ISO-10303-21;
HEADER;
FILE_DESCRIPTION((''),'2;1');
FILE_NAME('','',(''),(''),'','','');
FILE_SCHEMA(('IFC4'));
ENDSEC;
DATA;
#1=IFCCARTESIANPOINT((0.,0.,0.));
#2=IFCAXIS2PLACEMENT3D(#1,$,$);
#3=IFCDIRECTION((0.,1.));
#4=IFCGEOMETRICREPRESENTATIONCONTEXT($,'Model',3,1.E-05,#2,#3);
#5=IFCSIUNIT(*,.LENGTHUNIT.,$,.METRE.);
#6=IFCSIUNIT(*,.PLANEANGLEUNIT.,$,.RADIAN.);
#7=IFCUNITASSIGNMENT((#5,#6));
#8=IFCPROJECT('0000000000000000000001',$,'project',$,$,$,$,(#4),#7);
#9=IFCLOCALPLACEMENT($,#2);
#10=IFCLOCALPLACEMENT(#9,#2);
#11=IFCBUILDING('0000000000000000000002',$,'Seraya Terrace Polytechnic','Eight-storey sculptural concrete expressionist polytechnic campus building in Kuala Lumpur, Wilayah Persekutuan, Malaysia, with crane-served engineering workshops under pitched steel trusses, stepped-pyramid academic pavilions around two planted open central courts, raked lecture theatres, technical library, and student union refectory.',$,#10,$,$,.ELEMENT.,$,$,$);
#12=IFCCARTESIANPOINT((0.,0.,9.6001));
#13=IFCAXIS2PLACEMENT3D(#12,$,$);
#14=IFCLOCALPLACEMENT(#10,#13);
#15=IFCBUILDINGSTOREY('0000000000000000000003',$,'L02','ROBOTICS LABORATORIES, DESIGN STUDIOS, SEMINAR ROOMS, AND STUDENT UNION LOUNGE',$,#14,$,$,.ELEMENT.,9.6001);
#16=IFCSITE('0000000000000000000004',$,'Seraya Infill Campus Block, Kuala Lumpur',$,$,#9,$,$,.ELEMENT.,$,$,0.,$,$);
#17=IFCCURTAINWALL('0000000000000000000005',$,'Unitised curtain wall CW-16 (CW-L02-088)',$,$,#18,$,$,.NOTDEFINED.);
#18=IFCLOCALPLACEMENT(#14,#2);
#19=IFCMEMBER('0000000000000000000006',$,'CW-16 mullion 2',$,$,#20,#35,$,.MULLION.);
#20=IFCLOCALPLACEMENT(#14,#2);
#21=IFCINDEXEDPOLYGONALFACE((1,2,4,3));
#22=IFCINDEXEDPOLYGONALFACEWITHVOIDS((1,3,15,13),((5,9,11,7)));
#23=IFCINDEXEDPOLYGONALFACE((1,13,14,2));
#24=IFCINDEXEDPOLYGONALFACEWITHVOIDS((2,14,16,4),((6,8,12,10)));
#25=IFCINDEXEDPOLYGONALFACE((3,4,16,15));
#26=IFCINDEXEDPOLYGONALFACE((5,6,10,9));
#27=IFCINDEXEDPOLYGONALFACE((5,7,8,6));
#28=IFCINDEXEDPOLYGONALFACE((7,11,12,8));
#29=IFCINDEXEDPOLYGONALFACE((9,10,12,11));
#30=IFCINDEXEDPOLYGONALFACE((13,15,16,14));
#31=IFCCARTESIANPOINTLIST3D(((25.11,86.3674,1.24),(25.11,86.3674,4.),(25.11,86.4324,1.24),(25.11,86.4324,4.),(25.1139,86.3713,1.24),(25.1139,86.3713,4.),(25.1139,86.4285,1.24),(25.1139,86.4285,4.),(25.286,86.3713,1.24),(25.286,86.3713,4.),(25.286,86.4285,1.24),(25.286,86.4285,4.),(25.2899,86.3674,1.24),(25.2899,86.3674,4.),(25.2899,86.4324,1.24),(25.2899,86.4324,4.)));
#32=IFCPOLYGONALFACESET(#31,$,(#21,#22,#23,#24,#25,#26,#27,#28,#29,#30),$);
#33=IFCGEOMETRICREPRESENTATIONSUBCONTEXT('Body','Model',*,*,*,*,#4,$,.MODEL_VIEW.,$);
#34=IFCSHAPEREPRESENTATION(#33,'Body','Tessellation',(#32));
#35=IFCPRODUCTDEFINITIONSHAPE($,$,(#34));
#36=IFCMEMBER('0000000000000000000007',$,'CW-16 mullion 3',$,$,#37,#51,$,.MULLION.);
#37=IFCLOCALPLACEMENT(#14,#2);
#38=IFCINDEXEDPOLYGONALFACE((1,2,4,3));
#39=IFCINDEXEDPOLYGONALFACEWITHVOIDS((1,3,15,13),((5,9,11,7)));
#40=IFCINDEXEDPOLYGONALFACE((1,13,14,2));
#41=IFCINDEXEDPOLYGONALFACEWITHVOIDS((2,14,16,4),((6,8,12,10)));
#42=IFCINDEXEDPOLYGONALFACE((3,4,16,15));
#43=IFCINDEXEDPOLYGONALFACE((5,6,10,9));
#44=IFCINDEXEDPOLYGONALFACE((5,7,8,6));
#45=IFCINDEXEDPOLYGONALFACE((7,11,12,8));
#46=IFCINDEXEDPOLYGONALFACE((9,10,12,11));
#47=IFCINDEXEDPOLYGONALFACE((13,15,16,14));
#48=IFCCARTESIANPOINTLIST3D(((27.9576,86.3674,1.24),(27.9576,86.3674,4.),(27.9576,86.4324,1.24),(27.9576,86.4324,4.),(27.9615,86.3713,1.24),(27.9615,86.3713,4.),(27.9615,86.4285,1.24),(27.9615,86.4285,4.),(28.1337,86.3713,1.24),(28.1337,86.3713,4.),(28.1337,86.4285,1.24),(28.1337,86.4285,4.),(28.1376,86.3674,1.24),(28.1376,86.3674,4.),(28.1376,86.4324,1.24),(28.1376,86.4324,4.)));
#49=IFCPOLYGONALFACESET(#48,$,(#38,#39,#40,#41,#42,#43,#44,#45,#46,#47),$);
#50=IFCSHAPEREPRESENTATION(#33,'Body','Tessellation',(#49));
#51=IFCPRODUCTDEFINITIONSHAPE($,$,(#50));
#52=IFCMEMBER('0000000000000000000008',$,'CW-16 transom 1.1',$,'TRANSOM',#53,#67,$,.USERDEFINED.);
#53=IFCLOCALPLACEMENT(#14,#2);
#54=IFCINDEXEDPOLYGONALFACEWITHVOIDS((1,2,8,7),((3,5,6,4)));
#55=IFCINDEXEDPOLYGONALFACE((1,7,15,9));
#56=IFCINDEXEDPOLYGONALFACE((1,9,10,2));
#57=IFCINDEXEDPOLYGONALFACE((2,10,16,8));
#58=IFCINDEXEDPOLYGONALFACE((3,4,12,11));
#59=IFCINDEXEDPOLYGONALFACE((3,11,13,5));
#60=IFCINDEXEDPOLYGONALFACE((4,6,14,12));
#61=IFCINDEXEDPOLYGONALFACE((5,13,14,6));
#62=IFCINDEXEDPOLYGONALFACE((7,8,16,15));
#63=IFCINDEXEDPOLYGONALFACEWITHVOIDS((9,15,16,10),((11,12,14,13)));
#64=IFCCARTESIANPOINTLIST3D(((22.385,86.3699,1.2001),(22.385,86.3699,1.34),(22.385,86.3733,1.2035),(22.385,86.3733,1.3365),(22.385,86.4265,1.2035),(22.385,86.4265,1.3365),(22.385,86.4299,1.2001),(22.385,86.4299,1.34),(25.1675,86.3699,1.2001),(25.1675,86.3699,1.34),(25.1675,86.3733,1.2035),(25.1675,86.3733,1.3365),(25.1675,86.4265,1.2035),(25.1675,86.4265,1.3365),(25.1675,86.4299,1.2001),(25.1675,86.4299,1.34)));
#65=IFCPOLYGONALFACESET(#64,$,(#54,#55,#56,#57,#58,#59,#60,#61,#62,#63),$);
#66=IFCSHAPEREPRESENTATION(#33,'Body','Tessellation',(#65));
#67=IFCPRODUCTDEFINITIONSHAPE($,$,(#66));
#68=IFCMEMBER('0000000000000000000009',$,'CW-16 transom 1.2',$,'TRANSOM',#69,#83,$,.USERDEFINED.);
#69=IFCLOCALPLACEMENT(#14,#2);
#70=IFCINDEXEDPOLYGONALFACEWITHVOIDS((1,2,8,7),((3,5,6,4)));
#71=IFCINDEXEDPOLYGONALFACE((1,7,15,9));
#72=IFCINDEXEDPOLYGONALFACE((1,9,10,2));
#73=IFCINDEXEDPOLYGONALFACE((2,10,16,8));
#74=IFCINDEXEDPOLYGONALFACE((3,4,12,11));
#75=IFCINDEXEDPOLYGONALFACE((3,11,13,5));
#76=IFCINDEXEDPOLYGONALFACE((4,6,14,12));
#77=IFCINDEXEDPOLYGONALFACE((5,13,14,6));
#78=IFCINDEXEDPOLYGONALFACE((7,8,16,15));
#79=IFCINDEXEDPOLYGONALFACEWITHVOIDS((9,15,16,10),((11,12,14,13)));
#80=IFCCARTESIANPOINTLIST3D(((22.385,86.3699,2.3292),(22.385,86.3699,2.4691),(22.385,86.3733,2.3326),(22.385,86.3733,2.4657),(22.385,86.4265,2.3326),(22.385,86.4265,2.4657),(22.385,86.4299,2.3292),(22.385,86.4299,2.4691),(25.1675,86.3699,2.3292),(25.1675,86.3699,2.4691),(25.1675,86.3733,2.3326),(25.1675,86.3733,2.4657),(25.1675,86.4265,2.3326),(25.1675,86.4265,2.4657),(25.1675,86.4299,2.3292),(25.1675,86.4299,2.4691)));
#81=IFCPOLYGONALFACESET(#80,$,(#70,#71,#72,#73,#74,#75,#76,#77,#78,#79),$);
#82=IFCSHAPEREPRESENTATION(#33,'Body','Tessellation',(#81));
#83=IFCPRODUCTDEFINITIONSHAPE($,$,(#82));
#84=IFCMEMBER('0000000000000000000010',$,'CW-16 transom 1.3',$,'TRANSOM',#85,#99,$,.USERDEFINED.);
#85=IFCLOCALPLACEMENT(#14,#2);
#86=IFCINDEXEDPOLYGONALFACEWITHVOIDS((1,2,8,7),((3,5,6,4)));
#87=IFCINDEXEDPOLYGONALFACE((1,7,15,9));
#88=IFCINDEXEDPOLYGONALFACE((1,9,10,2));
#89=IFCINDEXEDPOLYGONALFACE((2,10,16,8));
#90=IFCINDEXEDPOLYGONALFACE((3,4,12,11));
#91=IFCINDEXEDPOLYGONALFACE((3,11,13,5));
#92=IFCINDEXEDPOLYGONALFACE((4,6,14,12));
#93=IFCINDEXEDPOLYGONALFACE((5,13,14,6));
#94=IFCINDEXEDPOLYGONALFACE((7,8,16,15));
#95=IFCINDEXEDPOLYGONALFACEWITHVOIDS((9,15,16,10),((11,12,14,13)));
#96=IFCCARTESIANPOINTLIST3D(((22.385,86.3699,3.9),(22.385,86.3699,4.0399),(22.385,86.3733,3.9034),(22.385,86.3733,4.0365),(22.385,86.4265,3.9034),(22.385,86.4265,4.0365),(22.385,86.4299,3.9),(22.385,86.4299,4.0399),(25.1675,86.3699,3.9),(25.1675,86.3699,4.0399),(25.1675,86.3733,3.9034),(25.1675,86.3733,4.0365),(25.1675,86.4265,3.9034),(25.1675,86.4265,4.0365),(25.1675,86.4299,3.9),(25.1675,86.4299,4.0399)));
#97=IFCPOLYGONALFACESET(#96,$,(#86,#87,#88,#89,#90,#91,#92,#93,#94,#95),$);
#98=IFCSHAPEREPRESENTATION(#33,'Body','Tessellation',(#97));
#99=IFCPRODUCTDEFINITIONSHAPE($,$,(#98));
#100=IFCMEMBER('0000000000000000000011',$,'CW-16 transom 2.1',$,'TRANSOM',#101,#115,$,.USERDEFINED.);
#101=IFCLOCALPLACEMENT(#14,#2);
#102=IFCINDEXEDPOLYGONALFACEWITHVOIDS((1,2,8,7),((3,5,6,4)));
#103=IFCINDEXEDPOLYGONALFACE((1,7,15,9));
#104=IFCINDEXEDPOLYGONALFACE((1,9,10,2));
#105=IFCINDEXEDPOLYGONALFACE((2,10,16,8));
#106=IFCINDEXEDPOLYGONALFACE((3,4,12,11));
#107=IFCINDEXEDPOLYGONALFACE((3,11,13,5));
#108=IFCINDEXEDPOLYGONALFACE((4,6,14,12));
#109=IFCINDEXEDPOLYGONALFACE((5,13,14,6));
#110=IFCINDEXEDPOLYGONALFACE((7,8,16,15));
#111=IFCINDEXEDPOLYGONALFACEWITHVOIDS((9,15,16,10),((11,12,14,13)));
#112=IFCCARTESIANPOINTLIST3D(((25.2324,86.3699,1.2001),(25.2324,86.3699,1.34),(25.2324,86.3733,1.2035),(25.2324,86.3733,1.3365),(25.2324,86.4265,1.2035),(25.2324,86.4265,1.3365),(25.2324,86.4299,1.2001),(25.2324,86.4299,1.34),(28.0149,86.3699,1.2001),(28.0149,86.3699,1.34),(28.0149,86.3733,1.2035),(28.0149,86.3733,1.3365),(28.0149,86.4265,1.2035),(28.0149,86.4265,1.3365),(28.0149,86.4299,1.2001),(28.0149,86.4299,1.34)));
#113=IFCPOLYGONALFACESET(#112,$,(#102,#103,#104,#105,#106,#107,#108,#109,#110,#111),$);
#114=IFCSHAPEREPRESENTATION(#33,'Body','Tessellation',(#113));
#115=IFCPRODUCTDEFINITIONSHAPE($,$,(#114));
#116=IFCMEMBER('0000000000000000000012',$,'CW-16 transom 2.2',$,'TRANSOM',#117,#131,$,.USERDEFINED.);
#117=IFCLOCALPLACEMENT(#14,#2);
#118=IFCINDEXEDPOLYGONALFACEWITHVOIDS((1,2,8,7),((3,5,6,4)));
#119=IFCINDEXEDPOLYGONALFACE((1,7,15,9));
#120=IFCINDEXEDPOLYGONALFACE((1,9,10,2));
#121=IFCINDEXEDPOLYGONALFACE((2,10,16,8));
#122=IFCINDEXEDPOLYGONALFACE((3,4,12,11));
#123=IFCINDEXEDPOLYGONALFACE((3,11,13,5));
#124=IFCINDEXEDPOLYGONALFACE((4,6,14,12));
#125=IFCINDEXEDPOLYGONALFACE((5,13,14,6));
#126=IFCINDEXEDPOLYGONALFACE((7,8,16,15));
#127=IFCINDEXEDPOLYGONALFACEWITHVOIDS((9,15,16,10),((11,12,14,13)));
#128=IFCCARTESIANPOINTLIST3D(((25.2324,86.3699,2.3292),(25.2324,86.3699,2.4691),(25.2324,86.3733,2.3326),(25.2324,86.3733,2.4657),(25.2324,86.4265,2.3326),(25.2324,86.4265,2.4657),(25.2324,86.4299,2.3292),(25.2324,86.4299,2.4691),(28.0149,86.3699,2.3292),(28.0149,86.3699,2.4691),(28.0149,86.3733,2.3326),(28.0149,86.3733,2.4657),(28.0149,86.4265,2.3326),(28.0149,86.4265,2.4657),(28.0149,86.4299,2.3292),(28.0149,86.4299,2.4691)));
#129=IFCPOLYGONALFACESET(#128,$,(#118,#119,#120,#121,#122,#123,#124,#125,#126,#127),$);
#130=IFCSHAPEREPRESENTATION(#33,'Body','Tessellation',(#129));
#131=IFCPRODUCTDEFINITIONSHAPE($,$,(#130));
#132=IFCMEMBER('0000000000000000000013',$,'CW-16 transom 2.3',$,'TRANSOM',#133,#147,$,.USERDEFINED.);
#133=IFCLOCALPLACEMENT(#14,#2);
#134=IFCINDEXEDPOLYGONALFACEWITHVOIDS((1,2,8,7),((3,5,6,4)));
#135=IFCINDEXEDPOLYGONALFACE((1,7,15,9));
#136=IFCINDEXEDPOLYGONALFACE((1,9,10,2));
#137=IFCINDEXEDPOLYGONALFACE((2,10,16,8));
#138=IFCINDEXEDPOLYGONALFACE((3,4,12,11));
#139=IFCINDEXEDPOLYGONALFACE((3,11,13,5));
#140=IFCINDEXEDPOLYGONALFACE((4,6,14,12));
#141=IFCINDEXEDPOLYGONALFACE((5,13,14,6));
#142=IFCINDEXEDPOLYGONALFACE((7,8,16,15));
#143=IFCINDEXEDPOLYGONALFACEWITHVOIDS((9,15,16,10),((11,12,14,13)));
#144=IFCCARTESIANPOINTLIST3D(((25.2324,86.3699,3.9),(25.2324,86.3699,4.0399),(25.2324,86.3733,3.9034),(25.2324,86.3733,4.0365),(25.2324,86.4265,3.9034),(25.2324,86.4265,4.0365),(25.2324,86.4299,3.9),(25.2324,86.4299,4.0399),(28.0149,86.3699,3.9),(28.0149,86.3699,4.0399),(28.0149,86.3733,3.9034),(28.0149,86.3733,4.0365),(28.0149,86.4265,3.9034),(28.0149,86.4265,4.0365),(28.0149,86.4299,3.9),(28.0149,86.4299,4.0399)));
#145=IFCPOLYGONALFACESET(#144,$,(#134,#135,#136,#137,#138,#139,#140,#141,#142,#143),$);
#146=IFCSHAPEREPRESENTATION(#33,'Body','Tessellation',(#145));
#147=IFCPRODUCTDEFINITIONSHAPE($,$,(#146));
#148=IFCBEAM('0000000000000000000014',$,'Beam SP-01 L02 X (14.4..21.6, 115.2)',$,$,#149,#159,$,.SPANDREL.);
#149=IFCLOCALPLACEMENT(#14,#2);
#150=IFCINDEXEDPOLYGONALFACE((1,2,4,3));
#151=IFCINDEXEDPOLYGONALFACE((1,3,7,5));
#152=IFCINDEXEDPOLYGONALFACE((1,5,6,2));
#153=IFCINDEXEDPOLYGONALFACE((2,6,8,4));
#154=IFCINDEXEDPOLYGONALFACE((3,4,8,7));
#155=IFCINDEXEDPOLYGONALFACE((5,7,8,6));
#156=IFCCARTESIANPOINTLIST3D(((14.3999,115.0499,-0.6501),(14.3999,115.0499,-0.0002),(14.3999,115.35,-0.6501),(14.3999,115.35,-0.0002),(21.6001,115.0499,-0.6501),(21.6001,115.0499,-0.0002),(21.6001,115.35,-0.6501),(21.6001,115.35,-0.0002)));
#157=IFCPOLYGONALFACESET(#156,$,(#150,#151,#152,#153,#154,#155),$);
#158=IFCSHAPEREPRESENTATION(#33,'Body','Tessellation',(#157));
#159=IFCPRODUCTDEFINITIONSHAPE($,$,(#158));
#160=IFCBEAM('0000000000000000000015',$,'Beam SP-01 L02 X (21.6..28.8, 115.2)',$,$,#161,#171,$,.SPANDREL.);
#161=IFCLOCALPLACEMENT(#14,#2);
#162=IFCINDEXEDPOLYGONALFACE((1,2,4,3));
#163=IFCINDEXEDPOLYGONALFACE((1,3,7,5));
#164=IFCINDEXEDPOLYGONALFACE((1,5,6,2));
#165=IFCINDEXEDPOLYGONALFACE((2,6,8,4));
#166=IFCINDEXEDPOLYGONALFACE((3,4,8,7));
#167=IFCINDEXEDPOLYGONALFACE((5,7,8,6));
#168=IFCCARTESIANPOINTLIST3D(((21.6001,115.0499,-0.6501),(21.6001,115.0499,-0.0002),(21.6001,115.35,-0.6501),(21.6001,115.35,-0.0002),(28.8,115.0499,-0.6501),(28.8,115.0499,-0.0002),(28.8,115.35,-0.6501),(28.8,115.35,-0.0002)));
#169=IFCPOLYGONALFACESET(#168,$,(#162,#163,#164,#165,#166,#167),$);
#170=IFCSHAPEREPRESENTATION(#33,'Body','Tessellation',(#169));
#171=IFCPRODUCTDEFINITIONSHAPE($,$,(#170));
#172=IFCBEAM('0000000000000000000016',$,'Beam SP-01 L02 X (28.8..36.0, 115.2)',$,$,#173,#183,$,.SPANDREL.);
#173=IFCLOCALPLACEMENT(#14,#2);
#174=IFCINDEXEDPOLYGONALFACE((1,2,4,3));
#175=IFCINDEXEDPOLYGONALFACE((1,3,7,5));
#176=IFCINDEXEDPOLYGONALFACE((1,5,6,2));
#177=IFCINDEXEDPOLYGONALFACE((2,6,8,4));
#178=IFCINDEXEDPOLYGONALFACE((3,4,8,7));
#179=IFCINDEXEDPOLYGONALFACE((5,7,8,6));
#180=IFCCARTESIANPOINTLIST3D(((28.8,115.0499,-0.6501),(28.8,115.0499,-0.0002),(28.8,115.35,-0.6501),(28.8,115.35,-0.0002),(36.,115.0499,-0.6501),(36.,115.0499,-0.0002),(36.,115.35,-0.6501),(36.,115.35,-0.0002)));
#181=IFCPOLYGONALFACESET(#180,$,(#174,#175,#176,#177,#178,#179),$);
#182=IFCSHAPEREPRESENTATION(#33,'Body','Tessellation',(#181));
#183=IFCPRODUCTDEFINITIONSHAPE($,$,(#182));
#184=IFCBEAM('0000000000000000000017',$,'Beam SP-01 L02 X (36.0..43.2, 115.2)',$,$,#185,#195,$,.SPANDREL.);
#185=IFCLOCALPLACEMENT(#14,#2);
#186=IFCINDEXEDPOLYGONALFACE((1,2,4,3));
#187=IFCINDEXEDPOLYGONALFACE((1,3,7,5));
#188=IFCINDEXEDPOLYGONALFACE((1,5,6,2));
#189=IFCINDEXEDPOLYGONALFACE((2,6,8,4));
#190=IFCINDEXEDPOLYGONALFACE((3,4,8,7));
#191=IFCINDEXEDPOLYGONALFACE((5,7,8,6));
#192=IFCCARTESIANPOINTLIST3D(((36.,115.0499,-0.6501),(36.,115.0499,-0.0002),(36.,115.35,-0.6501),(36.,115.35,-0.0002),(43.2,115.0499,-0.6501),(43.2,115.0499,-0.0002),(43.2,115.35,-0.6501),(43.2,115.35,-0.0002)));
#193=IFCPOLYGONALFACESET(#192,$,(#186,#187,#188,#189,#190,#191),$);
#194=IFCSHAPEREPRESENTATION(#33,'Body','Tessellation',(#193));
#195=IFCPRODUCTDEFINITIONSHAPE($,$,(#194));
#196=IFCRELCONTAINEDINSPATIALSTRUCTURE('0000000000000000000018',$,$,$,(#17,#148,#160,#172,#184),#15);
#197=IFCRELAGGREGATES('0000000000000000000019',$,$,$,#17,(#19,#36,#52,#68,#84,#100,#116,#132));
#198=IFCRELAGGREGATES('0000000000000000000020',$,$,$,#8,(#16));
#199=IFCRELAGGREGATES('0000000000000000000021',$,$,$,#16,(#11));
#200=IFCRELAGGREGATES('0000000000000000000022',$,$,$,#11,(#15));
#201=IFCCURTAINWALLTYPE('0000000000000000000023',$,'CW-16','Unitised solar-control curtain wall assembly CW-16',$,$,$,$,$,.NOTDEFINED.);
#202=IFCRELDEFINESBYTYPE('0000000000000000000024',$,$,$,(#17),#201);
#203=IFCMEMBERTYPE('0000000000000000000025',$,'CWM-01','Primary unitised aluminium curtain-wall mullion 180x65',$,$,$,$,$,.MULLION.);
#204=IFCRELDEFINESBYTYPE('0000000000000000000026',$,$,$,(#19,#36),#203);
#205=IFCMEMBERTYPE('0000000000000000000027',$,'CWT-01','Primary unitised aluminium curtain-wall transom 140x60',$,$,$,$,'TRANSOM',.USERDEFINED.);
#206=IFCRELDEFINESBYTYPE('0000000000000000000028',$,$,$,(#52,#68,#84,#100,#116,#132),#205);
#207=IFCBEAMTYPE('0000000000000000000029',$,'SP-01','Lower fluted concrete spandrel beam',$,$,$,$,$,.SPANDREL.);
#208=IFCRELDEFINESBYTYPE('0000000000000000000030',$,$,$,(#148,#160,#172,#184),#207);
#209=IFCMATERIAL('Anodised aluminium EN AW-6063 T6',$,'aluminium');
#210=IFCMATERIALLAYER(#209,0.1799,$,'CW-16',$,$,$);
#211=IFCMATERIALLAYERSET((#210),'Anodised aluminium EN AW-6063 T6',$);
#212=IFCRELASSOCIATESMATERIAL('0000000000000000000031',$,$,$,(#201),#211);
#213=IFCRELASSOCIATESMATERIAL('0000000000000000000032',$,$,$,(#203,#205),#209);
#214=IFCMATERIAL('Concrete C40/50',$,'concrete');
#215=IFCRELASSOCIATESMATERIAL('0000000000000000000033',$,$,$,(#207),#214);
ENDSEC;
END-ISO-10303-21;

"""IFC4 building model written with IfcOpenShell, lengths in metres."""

from ifc_helpers import new_model, si_unit, direction, frame, origin, origin_2d, place, context, subcontext, project, spatial, rectangle, hollow_rectangle, extrude, material, layer, layer_set, material_profile, profile_set, type_object, element, aggregate, save


model = new_model("IFC4")

# Units and contexts
model_context = context("Model", 3, precision=1e-05, world=origin(), true_north=direction((0.0, 1.0)))
body_context = subcontext(model_context, "Body", "Model", "MODEL_VIEW")
ifc_project = project(units=[si_unit("LENGTHUNIT", "METRE"), si_unit("PLANEANGLEUNIT", "RADIAN")], contexts=[model_context])

# Site, building, storey
site_placement = place(None, origin())
site = spatial("IfcSite", under=ifc_project, at=site_placement, Name="Seraya Infill Campus Block, Kuala Lumpur", CompositionType="ELEMENT", RefElevation=0.0)
building_placement = place(site_placement, origin())
building = spatial("IfcBuilding", under=site, at=building_placement, Name="Seraya Terrace Polytechnic", Description="Eight-storey sculptural concrete expressionist polytechnic campus building in Kuala Lumpur, Wilayah Persekutuan, Malaysia, with crane-served engineering workshops under pitched steel trusses, stepped-pyramid academic pavilions around two planted open central courts, raked lecture theatres, technical library, and student union refectory.", CompositionType="ELEMENT")
storey_placement = place(building_placement, frame((0.0, 0.0, 9.6001)))
storey = spatial("IfcBuildingStorey", under=building, at=storey_placement, Name="L02", Description="ROBOTICS LABORATORIES, DESIGN STUDIOS, SEMINAR ROOMS, AND STUDENT UNION LOUNGE", CompositionType="ELEMENT", Elevation=9.6001)

# Shared definitions
ifc_material_1 = material(Name="Concrete C40/50", Category="concrete")

# Curtain wall, members
ifc_material_2 = material(Name="Anodised aluminium EN AW-6063 T6", Category="aluminium")
ifc_layer_1 = layer(ifc_material_2, 0.1799, Name="CW-16")
ifc_layer_set_1 = layer_set([ifc_layer_1], Name="Anodised aluminium EN AW-6063 T6")
curtain_wall_type = type_object("IfcCurtainWallType", Name="CW-16", Description="Unitised solar-control curtain wall assembly CW-16", PredefinedType="NOTDEFINED", material=ifc_layer_set_1)
curtain_wall_placement = place(storey_placement, origin())
curtain_wall = element("IfcCurtainWall", 1, at=curtain_wall_placement, inside=storey, type_object=curtain_wall_type, Name="Unitised curtain wall CW-16 (CW-L02-088)", PredefinedType="NOTDEFINED")
ifc_material_profile_1 = material_profile(ifc_material_2, hollow_rectangle(XDim=0.0649, YDim=0.1799, WallThickness=0.0039, at=origin_2d()), Name="RHS 180x65x4.0")
ifc_profile_set_1 = profile_set([ifc_material_profile_1], Name="Anodised aluminium EN AW-6063 T6")
member_type_1 = type_object("IfcMemberType", Name="CWM-01", Description="Primary unitised aluminium curtain-wall mullion 180x65", PredefinedType="MULLION", material=ifc_profile_set_1)
member_1_placement = place(storey_placement, frame((25.2, 86.3999, 1.24), z_axis=(0.0, 0.0, 1.0), x_axis=(0.0, 1.0, 0.0)))
member_1 = element("IfcMember", 2, at=member_1_placement, type_object=member_type_1, Name="CW-16 mullion 2", PredefinedType="MULLION", context=body_context, shape_type="SweptSolid", body=[
    extrude(hollow_rectangle(XDim=0.0649, YDim=0.1799, WallThickness=0.0039, at=origin_2d()), origin(), (0.0, 0.0, 1.0), 2.76),
])
member_2_placement = place(storey_placement, frame((28.0476, 86.3999, 1.24), z_axis=(0.0, 0.0, 1.0), x_axis=(0.0, 1.0, 0.0)))
member_2 = element("IfcMember", 3, at=member_2_placement, type_object=member_type_1, Name="CW-16 mullion 3", PredefinedType="MULLION", context=body_context, shape_type="SweptSolid", body=[
    extrude(hollow_rectangle(XDim=0.0649, YDim=0.1799, WallThickness=0.0039, at=origin_2d()), origin(), (0.0, 0.0, 1.0), 2.76),
])
ifc_material_profile_2 = material_profile(ifc_material_2, hollow_rectangle(XDim=0.0601, YDim=0.1399, WallThickness=0.0034, at=origin_2d()), Name="RHS 140x60x3.5")
ifc_profile_set_2 = profile_set([ifc_material_profile_2], Name="Anodised aluminium EN AW-6063 T6")
member_type_2 = type_object("IfcMemberType", Name="CWT-01", Description="Primary unitised aluminium curtain-wall transom 140x60", ElementType="TRANSOM", PredefinedType="USERDEFINED", material=ifc_profile_set_2)
member_3_placement = place(storey_placement, frame((22.385, 86.3999, 1.27), z_axis=(1.0, 0.0, 0.0), x_axis=(0.0, 1.0, 0.0)))
member_3 = element("IfcMember", 4, at=member_3_placement, type_object=member_type_2, Name="CW-16 transom 1.1", ObjectType="TRANSOM", PredefinedType="USERDEFINED", context=body_context, shape_type="SweptSolid", body=[
    extrude(hollow_rectangle(XDim=0.0601, YDim=0.1399, WallThickness=0.0034, at=origin_2d()), origin(), (0.0, 0.0, 1.0), 2.7825),
])
member_4_placement = place(storey_placement, frame((22.385, 86.3999, 2.3992), z_axis=(1.0, 0.0, 0.0), x_axis=(0.0, 1.0, 0.0)))
member_4 = element("IfcMember", 5, at=member_4_placement, type_object=member_type_2, Name="CW-16 transom 1.2", ObjectType="TRANSOM", PredefinedType="USERDEFINED", context=body_context, shape_type="SweptSolid", body=[
    extrude(hollow_rectangle(XDim=0.0601, YDim=0.1399, WallThickness=0.0034, at=origin_2d()), origin(), (0.0, 0.0, 1.0), 2.7825),
])
member_5_placement = place(storey_placement, frame((22.385, 86.3999, 3.97), z_axis=(1.0, 0.0, 0.0), x_axis=(0.0, 1.0, 0.0)))
member_5 = element("IfcMember", 6, at=member_5_placement, type_object=member_type_2, Name="CW-16 transom 1.3", ObjectType="TRANSOM", PredefinedType="USERDEFINED", context=body_context, shape_type="SweptSolid", body=[
    extrude(hollow_rectangle(XDim=0.0601, YDim=0.1399, WallThickness=0.0034, at=origin_2d()), origin(), (0.0, 0.0, 1.0), 2.7825),
])
member_6_placement = place(storey_placement, frame((25.2324, 86.3999, 1.27), z_axis=(1.0, 0.0, 0.0), x_axis=(0.0, 1.0, 0.0)))
member_6 = element("IfcMember", 7, at=member_6_placement, type_object=member_type_2, Name="CW-16 transom 2.1", ObjectType="TRANSOM", PredefinedType="USERDEFINED", context=body_context, shape_type="SweptSolid", body=[
    extrude(hollow_rectangle(XDim=0.0601, YDim=0.1399, WallThickness=0.0034, at=origin_2d()), origin(), (0.0, 0.0, 1.0), 2.7825),
])
member_7_placement = place(storey_placement, frame((25.2324, 86.3999, 2.3992), z_axis=(1.0, 0.0, 0.0), x_axis=(0.0, 1.0, 0.0)))
member_7 = element("IfcMember", 8, at=member_7_placement, type_object=member_type_2, Name="CW-16 transom 2.2", ObjectType="TRANSOM", PredefinedType="USERDEFINED", context=body_context, shape_type="SweptSolid", body=[
    extrude(hollow_rectangle(XDim=0.0601, YDim=0.1399, WallThickness=0.0034, at=origin_2d()), origin(), (0.0, 0.0, 1.0), 2.7825),
])
member_8_placement = place(storey_placement, frame((25.2324, 86.3999, 3.97), z_axis=(1.0, 0.0, 0.0), x_axis=(0.0, 1.0, 0.0)))
member_8 = element("IfcMember", 9, at=member_8_placement, type_object=member_type_2, Name="CW-16 transom 2.3", ObjectType="TRANSOM", PredefinedType="USERDEFINED", context=body_context, shape_type="SweptSolid", body=[
    extrude(hollow_rectangle(XDim=0.0601, YDim=0.1399, WallThickness=0.0034, at=origin_2d()), origin(), (0.0, 0.0, 1.0), 2.7825),
])

# Beams
ifc_material_profile_3 = material_profile(ifc_material_1, rectangle(XDim=0.3, YDim=0.6499, at=origin_2d()), Name="RC 300x650")
ifc_profile_set_3 = profile_set([ifc_material_profile_3], Name="Concrete C40/50")
beam_type_1 = type_object("IfcBeamType", Name="SP-01", Description="Lower fluted concrete spandrel beam", PredefinedType="SPANDREL", material=ifc_profile_set_3)
beam_1_placement = place(storey_placement, frame((14.3999, 115.2, -0.3252), z_axis=(1.0, 0.0, 0.0), x_axis=(0.0, 1.0, 0.0)))
element("IfcBeam", 10, at=beam_1_placement, inside=storey, type_object=beam_type_1, Name="Beam SP-01 L02 X (14.4..21.6, 115.2)", PredefinedType="SPANDREL", context=body_context, shape_type="SweptSolid", body=[
    extrude(rectangle(XDim=0.3, YDim=0.6499, at=origin_2d()), origin(), (0.0, 0.0, 1.0), 7.2002),
])
for number, where, z_axis, x_axis, name in (
    (11, (21.6001, 115.2, -0.3252), (1.0, 0.0, 0.0), (0.0, 1.0, 0.0), "Beam SP-01 L02 X (21.6..28.8, 115.2)"),
    (12, (28.8, 115.2, -0.3252), (1.0, 0.0, 0.0), (0.0, 1.0, 0.0), "Beam SP-01 L02 X (28.8..36.0, 115.2)"),
    (13, (36.0, 115.2, -0.3252), (1.0, 0.0, 0.0), (0.0, 1.0, 0.0), "Beam SP-01 L02 X (36.0..43.2, 115.2)"),
):
    element("IfcBeam", number, at=place(storey_placement, frame(where, z_axis=z_axis, x_axis=x_axis)), inside=storey, type_object=beam_type_1, Name=name, PredefinedType="SPANDREL", context=body_context, shape_type="SweptSolid", body=[
        extrude(rectangle(XDim=0.3, YDim=0.6499, at=origin_2d()), origin(), (0.0, 0.0, 1.0), 7.2),
    ])

aggregate(curtain_wall, [member_1, member_2, member_3, member_4, member_5, member_6, member_7, member_8])

save(model, "model.ifc")
